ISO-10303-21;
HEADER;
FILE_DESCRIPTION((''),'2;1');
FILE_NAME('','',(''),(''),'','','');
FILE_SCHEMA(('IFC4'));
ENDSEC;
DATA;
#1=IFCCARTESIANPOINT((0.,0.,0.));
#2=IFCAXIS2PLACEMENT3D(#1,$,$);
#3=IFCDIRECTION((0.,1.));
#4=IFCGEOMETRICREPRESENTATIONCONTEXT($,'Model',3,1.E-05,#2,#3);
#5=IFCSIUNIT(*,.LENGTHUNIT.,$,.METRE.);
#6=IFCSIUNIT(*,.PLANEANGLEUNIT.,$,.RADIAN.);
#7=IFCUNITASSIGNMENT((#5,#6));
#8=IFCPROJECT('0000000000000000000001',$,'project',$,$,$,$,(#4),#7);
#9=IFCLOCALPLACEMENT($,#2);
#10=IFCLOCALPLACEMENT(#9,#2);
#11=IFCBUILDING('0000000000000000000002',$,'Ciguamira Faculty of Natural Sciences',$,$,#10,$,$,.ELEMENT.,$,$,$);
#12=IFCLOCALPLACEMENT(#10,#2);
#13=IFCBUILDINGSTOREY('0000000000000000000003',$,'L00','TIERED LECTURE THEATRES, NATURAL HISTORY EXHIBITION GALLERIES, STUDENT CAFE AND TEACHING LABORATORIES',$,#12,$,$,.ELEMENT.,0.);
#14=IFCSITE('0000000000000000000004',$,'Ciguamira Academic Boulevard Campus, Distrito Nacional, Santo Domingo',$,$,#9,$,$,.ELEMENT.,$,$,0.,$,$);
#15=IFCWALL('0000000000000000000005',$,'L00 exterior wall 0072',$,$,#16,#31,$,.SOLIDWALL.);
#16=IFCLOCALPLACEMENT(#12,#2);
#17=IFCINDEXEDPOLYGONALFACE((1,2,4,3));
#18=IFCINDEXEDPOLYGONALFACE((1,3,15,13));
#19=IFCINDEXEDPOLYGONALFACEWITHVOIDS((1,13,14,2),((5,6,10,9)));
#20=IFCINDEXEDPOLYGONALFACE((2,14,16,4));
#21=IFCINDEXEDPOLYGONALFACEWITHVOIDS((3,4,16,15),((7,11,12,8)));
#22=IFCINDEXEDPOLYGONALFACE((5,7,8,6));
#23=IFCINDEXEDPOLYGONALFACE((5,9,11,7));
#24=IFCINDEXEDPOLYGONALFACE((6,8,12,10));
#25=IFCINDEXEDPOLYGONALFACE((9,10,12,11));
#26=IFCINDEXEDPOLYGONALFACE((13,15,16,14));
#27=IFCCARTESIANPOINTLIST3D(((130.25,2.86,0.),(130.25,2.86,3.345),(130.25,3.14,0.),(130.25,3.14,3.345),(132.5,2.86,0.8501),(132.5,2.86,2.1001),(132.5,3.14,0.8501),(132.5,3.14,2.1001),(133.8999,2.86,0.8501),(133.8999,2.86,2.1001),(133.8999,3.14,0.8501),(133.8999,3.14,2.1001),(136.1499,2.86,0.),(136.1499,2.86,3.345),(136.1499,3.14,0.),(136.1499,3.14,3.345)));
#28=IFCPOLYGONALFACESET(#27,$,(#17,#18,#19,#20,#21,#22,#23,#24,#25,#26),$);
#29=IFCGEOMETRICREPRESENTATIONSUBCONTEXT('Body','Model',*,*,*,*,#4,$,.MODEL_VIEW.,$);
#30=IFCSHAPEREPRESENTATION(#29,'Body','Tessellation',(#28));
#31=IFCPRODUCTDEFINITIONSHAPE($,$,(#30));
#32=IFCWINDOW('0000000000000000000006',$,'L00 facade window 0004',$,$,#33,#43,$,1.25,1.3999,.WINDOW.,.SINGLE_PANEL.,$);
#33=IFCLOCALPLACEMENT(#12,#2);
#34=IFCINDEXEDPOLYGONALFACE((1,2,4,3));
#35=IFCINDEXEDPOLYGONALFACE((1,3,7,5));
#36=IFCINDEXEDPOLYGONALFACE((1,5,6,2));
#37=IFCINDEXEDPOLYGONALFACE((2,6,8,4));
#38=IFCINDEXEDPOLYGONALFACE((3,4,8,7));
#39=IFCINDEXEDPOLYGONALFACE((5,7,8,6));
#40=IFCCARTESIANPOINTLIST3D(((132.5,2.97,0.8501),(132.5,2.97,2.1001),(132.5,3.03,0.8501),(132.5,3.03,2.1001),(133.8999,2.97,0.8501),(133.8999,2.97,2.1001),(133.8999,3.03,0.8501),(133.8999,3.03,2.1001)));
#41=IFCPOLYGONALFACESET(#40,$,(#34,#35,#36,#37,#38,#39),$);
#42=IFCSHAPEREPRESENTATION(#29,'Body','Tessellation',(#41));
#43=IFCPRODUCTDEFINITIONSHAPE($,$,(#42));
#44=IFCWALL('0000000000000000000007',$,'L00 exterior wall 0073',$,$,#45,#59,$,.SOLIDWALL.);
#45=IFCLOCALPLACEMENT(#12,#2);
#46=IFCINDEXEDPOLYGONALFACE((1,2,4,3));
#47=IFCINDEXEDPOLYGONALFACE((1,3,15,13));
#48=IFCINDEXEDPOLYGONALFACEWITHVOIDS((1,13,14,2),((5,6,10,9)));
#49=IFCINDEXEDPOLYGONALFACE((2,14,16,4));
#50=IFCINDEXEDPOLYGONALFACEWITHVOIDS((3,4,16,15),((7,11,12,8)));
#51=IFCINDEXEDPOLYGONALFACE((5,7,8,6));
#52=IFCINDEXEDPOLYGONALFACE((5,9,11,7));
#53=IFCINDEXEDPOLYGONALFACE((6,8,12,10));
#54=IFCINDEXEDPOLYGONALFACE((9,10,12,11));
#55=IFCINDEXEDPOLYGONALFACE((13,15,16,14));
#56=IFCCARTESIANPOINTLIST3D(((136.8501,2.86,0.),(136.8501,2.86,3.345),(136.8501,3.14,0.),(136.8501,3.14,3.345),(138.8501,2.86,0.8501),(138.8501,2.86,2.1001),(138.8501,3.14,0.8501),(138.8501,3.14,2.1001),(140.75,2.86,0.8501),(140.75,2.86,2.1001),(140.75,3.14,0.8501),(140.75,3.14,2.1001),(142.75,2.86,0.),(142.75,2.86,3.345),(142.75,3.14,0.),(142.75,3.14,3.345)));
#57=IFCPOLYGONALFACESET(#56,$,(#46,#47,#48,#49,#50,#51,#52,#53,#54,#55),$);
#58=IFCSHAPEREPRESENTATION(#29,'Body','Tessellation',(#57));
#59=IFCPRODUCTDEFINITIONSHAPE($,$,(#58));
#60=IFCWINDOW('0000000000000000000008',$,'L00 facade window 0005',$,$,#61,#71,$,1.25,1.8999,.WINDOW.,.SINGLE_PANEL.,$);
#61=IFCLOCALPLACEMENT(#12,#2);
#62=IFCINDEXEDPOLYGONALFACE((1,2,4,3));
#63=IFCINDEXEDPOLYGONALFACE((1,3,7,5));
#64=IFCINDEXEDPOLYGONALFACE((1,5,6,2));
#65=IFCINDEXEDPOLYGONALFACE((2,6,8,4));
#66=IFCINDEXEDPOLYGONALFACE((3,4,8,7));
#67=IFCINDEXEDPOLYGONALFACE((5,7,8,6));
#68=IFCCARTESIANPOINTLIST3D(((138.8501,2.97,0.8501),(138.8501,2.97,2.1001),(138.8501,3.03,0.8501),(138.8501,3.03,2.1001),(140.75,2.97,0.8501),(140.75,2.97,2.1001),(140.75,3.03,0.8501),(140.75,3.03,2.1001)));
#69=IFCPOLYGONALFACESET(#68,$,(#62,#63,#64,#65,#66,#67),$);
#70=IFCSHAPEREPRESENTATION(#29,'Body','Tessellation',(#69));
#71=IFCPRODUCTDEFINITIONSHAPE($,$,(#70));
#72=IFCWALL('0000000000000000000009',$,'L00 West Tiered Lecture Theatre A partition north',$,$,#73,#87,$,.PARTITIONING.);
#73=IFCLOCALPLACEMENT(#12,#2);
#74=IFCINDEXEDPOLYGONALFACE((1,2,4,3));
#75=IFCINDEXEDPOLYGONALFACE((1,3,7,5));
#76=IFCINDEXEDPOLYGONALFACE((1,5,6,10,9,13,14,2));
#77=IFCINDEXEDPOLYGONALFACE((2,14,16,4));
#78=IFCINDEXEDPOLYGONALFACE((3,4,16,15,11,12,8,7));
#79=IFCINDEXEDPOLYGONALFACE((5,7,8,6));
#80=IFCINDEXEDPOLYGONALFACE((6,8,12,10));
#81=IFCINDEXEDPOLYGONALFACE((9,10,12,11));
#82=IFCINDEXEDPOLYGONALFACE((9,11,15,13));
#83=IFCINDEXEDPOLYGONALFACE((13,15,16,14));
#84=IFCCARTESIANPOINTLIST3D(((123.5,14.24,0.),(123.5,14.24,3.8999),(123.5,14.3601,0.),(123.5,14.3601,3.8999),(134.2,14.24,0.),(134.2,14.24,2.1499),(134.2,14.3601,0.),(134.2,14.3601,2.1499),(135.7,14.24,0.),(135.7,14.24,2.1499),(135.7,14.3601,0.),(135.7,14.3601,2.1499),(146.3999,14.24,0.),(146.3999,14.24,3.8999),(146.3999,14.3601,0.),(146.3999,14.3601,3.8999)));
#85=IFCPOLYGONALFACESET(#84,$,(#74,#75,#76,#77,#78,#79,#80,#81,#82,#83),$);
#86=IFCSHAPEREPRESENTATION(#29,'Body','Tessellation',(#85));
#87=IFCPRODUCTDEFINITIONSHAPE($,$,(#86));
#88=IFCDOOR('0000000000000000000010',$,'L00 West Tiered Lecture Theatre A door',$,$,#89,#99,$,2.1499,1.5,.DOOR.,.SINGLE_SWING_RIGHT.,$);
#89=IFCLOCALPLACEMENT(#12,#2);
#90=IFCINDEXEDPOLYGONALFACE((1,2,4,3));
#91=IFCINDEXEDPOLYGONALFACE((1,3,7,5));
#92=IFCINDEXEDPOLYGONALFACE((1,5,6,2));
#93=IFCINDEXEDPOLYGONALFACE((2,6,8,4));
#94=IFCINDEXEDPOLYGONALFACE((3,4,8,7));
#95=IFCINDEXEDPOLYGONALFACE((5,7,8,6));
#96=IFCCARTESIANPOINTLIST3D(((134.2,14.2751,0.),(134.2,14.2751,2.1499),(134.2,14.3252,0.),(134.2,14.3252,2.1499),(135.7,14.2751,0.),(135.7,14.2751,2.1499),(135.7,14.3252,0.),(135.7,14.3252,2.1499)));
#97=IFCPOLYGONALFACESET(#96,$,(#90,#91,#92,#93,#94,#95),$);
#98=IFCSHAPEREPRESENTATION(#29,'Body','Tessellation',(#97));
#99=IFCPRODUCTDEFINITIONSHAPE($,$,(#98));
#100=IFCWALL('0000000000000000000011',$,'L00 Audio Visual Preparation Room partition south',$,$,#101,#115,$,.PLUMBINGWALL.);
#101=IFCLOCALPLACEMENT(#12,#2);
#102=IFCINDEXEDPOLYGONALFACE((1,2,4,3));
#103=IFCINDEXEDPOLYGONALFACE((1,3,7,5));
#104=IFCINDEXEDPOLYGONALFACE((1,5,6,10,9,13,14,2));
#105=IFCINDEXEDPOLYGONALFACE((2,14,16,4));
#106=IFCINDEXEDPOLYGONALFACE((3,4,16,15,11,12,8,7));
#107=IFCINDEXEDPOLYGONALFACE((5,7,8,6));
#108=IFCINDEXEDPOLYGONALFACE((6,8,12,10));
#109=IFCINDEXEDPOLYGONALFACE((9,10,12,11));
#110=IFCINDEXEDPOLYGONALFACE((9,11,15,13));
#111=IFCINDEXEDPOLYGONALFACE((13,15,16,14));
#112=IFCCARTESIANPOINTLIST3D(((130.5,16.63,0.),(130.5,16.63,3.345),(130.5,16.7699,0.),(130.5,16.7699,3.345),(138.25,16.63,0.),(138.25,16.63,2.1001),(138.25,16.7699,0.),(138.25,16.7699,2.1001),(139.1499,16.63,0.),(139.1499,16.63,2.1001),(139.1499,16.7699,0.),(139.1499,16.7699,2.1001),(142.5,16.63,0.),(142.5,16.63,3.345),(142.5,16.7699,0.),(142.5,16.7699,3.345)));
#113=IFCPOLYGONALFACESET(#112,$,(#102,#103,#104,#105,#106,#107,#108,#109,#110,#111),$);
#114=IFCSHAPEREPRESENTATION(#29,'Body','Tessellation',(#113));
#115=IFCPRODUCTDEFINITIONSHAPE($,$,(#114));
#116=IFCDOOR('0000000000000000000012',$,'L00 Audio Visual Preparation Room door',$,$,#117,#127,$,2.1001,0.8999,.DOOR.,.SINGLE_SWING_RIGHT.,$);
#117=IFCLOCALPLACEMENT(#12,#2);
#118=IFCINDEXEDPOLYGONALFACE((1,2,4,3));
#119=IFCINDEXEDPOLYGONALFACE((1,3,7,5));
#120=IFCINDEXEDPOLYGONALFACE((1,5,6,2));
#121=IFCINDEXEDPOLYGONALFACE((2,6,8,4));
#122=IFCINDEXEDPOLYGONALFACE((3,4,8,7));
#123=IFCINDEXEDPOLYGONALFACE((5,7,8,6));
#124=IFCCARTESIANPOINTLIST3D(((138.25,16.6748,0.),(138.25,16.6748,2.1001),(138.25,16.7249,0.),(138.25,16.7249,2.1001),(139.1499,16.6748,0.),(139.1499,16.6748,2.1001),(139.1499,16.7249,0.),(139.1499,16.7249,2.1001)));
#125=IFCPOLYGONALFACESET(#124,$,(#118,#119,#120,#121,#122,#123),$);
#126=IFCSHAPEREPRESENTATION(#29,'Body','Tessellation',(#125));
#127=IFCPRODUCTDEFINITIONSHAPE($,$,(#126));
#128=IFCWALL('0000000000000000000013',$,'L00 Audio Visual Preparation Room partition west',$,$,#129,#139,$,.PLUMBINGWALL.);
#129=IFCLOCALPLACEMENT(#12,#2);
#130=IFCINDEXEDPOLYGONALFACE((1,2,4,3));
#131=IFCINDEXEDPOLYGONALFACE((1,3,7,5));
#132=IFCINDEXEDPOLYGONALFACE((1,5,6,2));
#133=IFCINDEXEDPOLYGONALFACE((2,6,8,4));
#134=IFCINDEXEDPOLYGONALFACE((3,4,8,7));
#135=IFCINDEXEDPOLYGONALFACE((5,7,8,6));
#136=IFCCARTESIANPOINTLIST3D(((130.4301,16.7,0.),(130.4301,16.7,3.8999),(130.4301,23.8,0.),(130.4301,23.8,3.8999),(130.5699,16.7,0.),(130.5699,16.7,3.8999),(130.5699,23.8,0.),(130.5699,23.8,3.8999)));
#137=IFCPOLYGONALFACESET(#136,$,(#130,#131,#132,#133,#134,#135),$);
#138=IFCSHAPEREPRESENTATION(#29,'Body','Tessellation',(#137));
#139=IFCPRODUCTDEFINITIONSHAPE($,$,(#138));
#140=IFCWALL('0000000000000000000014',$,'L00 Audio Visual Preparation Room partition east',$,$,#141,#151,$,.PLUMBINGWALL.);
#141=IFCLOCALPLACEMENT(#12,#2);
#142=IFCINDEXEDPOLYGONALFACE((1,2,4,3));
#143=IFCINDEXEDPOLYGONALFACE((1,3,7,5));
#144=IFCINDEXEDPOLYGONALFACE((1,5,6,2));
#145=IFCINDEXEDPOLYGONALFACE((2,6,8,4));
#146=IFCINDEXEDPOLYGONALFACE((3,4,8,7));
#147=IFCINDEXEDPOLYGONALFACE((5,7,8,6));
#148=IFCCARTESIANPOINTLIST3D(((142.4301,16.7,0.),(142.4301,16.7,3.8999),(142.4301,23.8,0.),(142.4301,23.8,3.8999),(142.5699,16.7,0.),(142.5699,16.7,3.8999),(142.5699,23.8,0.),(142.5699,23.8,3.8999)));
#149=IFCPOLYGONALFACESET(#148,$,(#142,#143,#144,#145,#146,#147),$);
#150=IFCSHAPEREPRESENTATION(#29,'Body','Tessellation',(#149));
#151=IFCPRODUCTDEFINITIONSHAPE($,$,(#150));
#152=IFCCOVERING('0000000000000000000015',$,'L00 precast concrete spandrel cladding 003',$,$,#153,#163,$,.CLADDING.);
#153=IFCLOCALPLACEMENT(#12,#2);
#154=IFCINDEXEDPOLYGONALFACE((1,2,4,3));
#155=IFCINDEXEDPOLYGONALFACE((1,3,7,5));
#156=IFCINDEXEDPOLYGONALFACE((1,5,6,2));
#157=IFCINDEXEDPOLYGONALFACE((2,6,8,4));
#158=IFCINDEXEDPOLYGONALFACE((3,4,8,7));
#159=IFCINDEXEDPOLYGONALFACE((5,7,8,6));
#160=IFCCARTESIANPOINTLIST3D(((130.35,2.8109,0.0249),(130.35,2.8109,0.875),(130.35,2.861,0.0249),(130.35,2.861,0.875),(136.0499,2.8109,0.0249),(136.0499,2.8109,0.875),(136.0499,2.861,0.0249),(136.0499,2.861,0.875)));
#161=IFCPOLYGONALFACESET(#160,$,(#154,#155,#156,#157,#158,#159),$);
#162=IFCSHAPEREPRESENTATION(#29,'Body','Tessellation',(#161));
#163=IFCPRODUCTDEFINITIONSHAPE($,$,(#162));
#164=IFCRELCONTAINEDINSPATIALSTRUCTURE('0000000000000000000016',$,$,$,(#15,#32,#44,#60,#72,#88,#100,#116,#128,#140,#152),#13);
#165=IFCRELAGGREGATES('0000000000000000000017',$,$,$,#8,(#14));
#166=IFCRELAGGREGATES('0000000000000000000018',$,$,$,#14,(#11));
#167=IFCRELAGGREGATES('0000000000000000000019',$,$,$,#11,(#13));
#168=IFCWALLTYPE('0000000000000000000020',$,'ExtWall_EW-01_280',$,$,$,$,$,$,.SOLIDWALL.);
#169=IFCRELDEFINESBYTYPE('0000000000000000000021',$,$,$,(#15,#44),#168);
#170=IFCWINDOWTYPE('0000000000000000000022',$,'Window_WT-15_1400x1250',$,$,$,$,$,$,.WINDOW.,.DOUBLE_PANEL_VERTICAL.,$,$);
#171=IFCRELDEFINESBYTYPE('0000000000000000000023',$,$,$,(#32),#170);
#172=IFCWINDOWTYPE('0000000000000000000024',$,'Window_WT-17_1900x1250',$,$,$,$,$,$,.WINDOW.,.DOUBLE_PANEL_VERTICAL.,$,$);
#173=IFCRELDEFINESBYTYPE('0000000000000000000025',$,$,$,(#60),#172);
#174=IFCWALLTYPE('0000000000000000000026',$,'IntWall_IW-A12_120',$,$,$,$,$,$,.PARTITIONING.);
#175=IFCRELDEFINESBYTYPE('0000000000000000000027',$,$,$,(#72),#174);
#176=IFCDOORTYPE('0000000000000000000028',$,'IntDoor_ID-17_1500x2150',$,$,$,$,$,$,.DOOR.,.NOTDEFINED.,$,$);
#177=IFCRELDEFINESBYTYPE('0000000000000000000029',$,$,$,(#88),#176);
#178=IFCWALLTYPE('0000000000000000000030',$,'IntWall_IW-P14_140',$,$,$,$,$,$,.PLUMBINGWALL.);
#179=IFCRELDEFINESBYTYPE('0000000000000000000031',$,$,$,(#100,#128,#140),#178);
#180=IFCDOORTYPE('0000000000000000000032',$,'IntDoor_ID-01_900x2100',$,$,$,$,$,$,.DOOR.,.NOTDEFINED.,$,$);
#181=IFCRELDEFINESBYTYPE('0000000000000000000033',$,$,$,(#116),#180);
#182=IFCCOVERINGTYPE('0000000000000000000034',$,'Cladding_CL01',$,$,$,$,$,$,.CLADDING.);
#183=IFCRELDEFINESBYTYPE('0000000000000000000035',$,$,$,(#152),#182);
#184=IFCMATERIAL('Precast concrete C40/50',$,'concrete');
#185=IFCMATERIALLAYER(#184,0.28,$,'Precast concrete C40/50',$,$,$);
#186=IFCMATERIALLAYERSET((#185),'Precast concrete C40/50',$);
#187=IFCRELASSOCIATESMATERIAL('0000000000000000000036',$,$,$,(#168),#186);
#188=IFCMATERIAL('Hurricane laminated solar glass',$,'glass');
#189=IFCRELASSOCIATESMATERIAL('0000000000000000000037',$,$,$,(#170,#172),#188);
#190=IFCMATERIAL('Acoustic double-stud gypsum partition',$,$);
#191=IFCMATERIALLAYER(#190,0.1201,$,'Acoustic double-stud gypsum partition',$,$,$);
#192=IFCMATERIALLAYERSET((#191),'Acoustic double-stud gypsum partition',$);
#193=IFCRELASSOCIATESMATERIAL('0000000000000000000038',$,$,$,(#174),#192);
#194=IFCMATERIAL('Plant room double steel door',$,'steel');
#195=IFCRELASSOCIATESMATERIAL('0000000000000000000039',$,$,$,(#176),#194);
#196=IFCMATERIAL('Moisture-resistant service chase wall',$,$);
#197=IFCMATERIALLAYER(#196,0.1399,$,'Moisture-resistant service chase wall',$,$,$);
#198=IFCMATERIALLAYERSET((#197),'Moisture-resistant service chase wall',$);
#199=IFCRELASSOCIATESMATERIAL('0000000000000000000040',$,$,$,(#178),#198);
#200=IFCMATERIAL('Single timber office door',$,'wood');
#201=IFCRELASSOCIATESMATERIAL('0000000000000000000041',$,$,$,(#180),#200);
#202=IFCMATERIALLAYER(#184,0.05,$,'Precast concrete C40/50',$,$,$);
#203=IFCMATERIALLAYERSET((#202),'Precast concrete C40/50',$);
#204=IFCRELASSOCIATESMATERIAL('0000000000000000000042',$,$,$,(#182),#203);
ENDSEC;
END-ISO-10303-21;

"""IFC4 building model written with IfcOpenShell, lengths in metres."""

from ifc_helpers import new_model, si_unit, direction, frame, frame_2d, origin, origin_2d, place, context, subcontext, project, spatial, rectangle, extrude, material, layer, layer_set, type_object, element, fill, save


model = new_model("IFC4")

# Units and contexts
model_context = context("Model", 3, precision=1e-05, world=origin(), true_north=direction((0.0, 1.0)))
body_context = subcontext(model_context, "Body", "Model", "MODEL_VIEW")
ifc_project = project(units=[si_unit("LENGTHUNIT", "METRE"), si_unit("PLANEANGLEUNIT", "RADIAN")], contexts=[model_context])

# Site, building, storey
site_placement = place(None, origin())
site = spatial("IfcSite", under=ifc_project, at=site_placement, Name="Ciguamira Academic Boulevard Campus, Distrito Nacional, Santo Domingo", CompositionType="ELEMENT", RefElevation=0.0)
building_placement = place(site_placement, origin())
building = spatial("IfcBuilding", under=site, at=building_placement, Name="Ciguamira Faculty of Natural Sciences", CompositionType="ELEMENT")
storey_placement = place(building_placement, origin())
storey = spatial("IfcBuildingStorey", under=building, at=storey_placement, Name="L00", Description="TIERED LECTURE THEATRES, NATURAL HISTORY EXHIBITION GALLERIES, STUDENT CAFE AND TEACHING LABORATORIES", CompositionType="ELEMENT", Elevation=0.0)

# Walls, openings, windows
ifc_material_1 = material(Name="Precast concrete C40/50", Category="concrete")
ifc_layer_1 = layer(ifc_material_1, 0.28, Name="Precast concrete C40/50")
ifc_layer_set_1 = layer_set([ifc_layer_1], Name="Precast concrete C40/50")
wall_type_1 = type_object("IfcWallType", Name="ExtWall_EW-01_280", PredefinedType="SOLIDWALL", material=ifc_layer_set_1)
ifc_material_2 = material(Name="Hurricane laminated solar glass", Category="glass")
wall_1_placement = place(storey_placement, frame((130.25, 3.0, 0.0), z_axis=(0.0, 0.0, 1.0), x_axis=(1.0, 0.0, 0.0)))
wall_1 = element("IfcWall", 1, at=wall_1_placement, inside=storey, type_object=wall_type_1, Name="L00 exterior wall 0072", PredefinedType="SOLIDWALL", context=body_context, shape_type="SweptSolid", body=[
    extrude(rectangle(XDim=5.8999, YDim=0.28, at=frame_2d((2.95, 0.0))), origin(), (0.0, 0.0, 1.0), 3.345),
])
opening_1_placement = place(wall_1_placement, frame((2.25, 0.0, 0.8501)))
opening_1 = element("IfcOpeningElement", 2, at=opening_1_placement, cuts=wall_1, PredefinedType="OPENING", context=body_context, shape_type="SweptSolid", body=[
    extrude(rectangle(XDim=1.3999, YDim=1.25, at=frame_2d((0.7, 0.625))), frame((0.0, 0.1499, 0.0), z_axis=(0.0, -1.0, 0.0), x_axis=(1.0, 0.0, 0.0)), (0.0, 0.0, 1.0), 0.3),
])
window_type_1 = type_object("IfcWindowType", Name="Window_WT-15_1400x1250", PartitioningType="DOUBLE_PANEL_VERTICAL", PredefinedType="WINDOW", material=ifc_material_2)
window_1_placement = place(opening_1_placement, origin())
window_1 = element("IfcWindow", 3, at=window_1_placement, inside=storey, type_object=window_type_1, Name="L00 facade window 0004", OverallHeight=1.25, OverallWidth=1.3999, PartitioningType="SINGLE_PANEL", PredefinedType="WINDOW", context=body_context, shape_type="SweptSolid", body=[
    extrude(rectangle(XDim=1.3999, YDim=1.25, at=frame_2d((0.7, 0.625))), frame((0.0, 0.03, 0.0), z_axis=(0.0, -1.0, 0.0), x_axis=(1.0, 0.0, 0.0)), (0.0, 0.0, 1.0), 0.0601),
])
fill(opening_1, window_1)
wall_2_placement = place(storey_placement, frame((136.8501, 3.0, 0.0), z_axis=(0.0, 0.0, 1.0), x_axis=(1.0, 0.0, 0.0)))
wall_2 = element("IfcWall", 4, at=wall_2_placement, inside=storey, type_object=wall_type_1, Name="L00 exterior wall 0073", PredefinedType="SOLIDWALL", context=body_context, shape_type="SweptSolid", body=[
    extrude(rectangle(XDim=5.8999, YDim=0.28, at=frame_2d((2.95, 0.0))), origin(), (0.0, 0.0, 1.0), 3.345),
])
opening_2_placement = place(wall_2_placement, frame((2.0, 0.0, 0.8501)))
opening_2 = element("IfcOpeningElement", 5, at=opening_2_placement, cuts=wall_2, PredefinedType="OPENING", context=body_context, shape_type="SweptSolid", body=[
    extrude(rectangle(XDim=1.8999, YDim=1.25, at=frame_2d((0.95, 0.625))), frame((0.0, 0.1499, 0.0), z_axis=(0.0, -1.0, 0.0), x_axis=(1.0, 0.0, 0.0)), (0.0, 0.0, 1.0), 0.3),
])
window_type_2 = type_object("IfcWindowType", Name="Window_WT-17_1900x1250", PartitioningType="DOUBLE_PANEL_VERTICAL", PredefinedType="WINDOW", material=ifc_material_2)
window_2_placement = place(opening_2_placement, origin())
window_2 = element("IfcWindow", 6, at=window_2_placement, inside=storey, type_object=window_type_2, Name="L00 facade window 0005", OverallHeight=1.25, OverallWidth=1.8999, PartitioningType="SINGLE_PANEL", PredefinedType="WINDOW", context=body_context, shape_type="SweptSolid", body=[
    extrude(rectangle(XDim=1.8999, YDim=1.25, at=frame_2d((0.95, 0.625))), frame((0.0, 0.03, 0.0), z_axis=(0.0, -1.0, 0.0), x_axis=(1.0, 0.0, 0.0)), (0.0, 0.0, 1.0), 0.0601),
])
fill(opening_2, window_2)

# Walls, openings, doors
ifc_material_3 = material(Name="Acoustic double-stud gypsum partition")
ifc_layer_2 = layer(ifc_material_3, 0.1201, Name="Acoustic double-stud gypsum partition")
ifc_layer_set_2 = layer_set([ifc_layer_2], Name="Acoustic double-stud gypsum partition")
wall_type_2 = type_object("IfcWallType", Name="IntWall_IW-A12_120", PredefinedType="PARTITIONING", material=ifc_layer_set_2)
wall_3_placement = place(storey_placement, frame((123.5, 14.3, 0.0), z_axis=(0.0, 0.0, 1.0), x_axis=(1.0, 0.0, 0.0)))
wall_3 = element("IfcWall", 7, at=wall_3_placement, inside=storey, type_object=wall_type_2, Name="L00 West Tiered Lecture Theatre A partition north", PredefinedType="PARTITIONING", context=body_context, shape_type="SweptSolid", body=[
    extrude(rectangle(XDim=22.8999, YDim=0.1201, at=frame_2d((11.45, 0.0))), origin(), (0.0, 0.0, 1.0), 3.8999),
])
opening_3_placement = place(wall_3_placement, frame((10.7, 0.0, 0.0)))
opening_3 = element("IfcOpeningElement", 8, at=opening_3_placement, cuts=wall_3, PredefinedType="OPENING", context=body_context, shape_type="SweptSolid", body=[
    extrude(rectangle(XDim=1.5, YDim=2.1499, at=frame_2d((0.75, 1.075))), frame((0.0, 0.0701, 0.0), z_axis=(0.0, -1.0, 0.0), x_axis=(1.0, 0.0, 0.0)), (0.0, 0.0, 1.0), 0.1401),
])
ifc_material_4 = material(Name="Plant room double steel door", Category="steel")
door_type_1 = type_object("IfcDoorType", Name="IntDoor_ID-17_1500x2150", OperationType="NOTDEFINED", PredefinedType="DOOR", material=ifc_material_4)
door_1_placement = place(opening_3_placement, frame((1.5, 0.0, 0.0), z_axis=(0.0, 0.0, 1.0), x_axis=(-1.0, 0.0, 0.0)))
door_1 = element("IfcDoor", 9, at=door_1_placement, inside=storey, type_object=door_type_1, Name="L00 West Tiered Lecture Theatre A door", OperationType="SINGLE_SWING_RIGHT", OverallHeight=2.1499, OverallWidth=1.5, PredefinedType="DOOR", context=body_context, shape_type="SweptSolid", body=[
    extrude(rectangle(XDim=1.5, YDim=2.1499, at=frame_2d((0.75, 1.075))), frame((0.0, 0.0249, 0.0), z_axis=(0.0, -1.0, 0.0), x_axis=(1.0, 0.0, 0.0)), (0.0, 0.0, 1.0), 0.05),
])
fill(opening_3, door_1)
ifc_material_5 = material(Name="Moisture-resistant service chase wall")
ifc_layer_3 = layer(ifc_material_5, 0.1399, Name="Moisture-resistant service chase wall")
ifc_layer_set_3 = layer_set([ifc_layer_3], Name="Moisture-resistant service chase wall")
wall_type_3 = type_object("IfcWallType", Name="IntWall_IW-P14_140", PredefinedType="PLUMBINGWALL", material=ifc_layer_set_3)
wall_4_placement = place(storey_placement, frame((130.5, 16.7, 0.0), z_axis=(0.0, 0.0, 1.0), x_axis=(1.0, 0.0, 0.0)))
wall_4 = element("IfcWall", 10, at=wall_4_placement, inside=storey, type_object=wall_type_3, Name="L00 Audio Visual Preparation Room partition south", PredefinedType="PLUMBINGWALL", context=body_context, shape_type="SweptSolid", body=[
    extrude(rectangle(XDim=12.0, YDim=0.1399, at=frame_2d((6.0, 0.0))), origin(), (0.0, 0.0, 1.0), 3.345),
])
opening_4_placement = place(wall_4_placement, frame((7.75, 0.0, 0.0)))
opening_4 = element("IfcOpeningElement", 11, at=opening_4_placement, cuts=wall_4, PredefinedType="OPENING", context=body_context, shape_type="SweptSolid", body=[
    extrude(rectangle(XDim=0.8999, YDim=2.1001, at=frame_2d((0.45, 1.05))), frame((0.0, 0.0798, 0.0), z_axis=(0.0, -1.0, 0.0), x_axis=(1.0, 0.0, 0.0)), (0.0, 0.0, 1.0), 0.1599),
])
ifc_material_6 = material(Name="Single timber office door", Category="wood")
door_type_2 = type_object("IfcDoorType", Name="IntDoor_ID-01_900x2100", OperationType="NOTDEFINED", PredefinedType="DOOR", material=ifc_material_6)
door_2_placement = place(opening_4_placement, origin())
door_2 = element("IfcDoor", 12, at=door_2_placement, inside=storey, type_object=door_type_2, Name="L00 Audio Visual Preparation Room door", OperationType="SINGLE_SWING_RIGHT", OverallHeight=2.1001, OverallWidth=0.8999, PredefinedType="DOOR", context=body_context, shape_type="SweptSolid", body=[
    extrude(rectangle(XDim=0.8999, YDim=2.1001, at=frame_2d((0.45, 1.05))), frame((0.0, 0.0249, 0.0), z_axis=(0.0, -1.0, 0.0), x_axis=(1.0, 0.0, 0.0)), (0.0, 0.0, 1.0), 0.05),
])
fill(opening_4, door_2)

# Walls
for number, where, z_axis, x_axis, name in (
    (13, (130.5, 16.7, 0.0), (0.0, 0.0, 1.0), (0.0, 1.0, 0.0), "L00 Audio Visual Preparation Room partition west"),
    (14, (142.5, 16.7, 0.0), (0.0, 0.0, 1.0), (0.0, 1.0, 0.0), "L00 Audio Visual Preparation Room partition east"),
):
    element("IfcWall", number, at=place(storey_placement, frame(where, z_axis=z_axis, x_axis=x_axis)), inside=storey, type_object=wall_type_3, Name=name, PredefinedType="PLUMBINGWALL", context=body_context, shape_type="SweptSolid", body=[
        extrude(rectangle(XDim=7.1001, YDim=0.1399, at=frame_2d((3.55, 0.0))), origin(), (0.0, 0.0, 1.0), 3.8999),
    ])

# Covering
ifc_layer_4 = layer(ifc_material_1, 0.05, Name="Precast concrete C40/50")
ifc_layer_set_4 = layer_set([ifc_layer_4], Name="Precast concrete C40/50")
covering_type = type_object("IfcCoveringType", Name="Cladding_CL01", PredefinedType="CLADDING", material=ifc_layer_set_4)
covering_placement = place(storey_placement, frame((133.2, 2.8359, 0.0249), z_axis=(0.0, 0.0, 1.0), x_axis=(1.0, 0.0, 0.0)))
element("IfcCovering", 15, at=covering_placement, inside=storey, type_object=covering_type, Name="L00 precast concrete spandrel cladding 003", PredefinedType="CLADDING", context=body_context, shape_type="SweptSolid", body=[
    extrude(rectangle(XDim=5.7, YDim=0.05, at=origin_2d()), origin(), (0.0, 0.0, 1.0), 0.8501),
])

save(model, "model.ifc")
